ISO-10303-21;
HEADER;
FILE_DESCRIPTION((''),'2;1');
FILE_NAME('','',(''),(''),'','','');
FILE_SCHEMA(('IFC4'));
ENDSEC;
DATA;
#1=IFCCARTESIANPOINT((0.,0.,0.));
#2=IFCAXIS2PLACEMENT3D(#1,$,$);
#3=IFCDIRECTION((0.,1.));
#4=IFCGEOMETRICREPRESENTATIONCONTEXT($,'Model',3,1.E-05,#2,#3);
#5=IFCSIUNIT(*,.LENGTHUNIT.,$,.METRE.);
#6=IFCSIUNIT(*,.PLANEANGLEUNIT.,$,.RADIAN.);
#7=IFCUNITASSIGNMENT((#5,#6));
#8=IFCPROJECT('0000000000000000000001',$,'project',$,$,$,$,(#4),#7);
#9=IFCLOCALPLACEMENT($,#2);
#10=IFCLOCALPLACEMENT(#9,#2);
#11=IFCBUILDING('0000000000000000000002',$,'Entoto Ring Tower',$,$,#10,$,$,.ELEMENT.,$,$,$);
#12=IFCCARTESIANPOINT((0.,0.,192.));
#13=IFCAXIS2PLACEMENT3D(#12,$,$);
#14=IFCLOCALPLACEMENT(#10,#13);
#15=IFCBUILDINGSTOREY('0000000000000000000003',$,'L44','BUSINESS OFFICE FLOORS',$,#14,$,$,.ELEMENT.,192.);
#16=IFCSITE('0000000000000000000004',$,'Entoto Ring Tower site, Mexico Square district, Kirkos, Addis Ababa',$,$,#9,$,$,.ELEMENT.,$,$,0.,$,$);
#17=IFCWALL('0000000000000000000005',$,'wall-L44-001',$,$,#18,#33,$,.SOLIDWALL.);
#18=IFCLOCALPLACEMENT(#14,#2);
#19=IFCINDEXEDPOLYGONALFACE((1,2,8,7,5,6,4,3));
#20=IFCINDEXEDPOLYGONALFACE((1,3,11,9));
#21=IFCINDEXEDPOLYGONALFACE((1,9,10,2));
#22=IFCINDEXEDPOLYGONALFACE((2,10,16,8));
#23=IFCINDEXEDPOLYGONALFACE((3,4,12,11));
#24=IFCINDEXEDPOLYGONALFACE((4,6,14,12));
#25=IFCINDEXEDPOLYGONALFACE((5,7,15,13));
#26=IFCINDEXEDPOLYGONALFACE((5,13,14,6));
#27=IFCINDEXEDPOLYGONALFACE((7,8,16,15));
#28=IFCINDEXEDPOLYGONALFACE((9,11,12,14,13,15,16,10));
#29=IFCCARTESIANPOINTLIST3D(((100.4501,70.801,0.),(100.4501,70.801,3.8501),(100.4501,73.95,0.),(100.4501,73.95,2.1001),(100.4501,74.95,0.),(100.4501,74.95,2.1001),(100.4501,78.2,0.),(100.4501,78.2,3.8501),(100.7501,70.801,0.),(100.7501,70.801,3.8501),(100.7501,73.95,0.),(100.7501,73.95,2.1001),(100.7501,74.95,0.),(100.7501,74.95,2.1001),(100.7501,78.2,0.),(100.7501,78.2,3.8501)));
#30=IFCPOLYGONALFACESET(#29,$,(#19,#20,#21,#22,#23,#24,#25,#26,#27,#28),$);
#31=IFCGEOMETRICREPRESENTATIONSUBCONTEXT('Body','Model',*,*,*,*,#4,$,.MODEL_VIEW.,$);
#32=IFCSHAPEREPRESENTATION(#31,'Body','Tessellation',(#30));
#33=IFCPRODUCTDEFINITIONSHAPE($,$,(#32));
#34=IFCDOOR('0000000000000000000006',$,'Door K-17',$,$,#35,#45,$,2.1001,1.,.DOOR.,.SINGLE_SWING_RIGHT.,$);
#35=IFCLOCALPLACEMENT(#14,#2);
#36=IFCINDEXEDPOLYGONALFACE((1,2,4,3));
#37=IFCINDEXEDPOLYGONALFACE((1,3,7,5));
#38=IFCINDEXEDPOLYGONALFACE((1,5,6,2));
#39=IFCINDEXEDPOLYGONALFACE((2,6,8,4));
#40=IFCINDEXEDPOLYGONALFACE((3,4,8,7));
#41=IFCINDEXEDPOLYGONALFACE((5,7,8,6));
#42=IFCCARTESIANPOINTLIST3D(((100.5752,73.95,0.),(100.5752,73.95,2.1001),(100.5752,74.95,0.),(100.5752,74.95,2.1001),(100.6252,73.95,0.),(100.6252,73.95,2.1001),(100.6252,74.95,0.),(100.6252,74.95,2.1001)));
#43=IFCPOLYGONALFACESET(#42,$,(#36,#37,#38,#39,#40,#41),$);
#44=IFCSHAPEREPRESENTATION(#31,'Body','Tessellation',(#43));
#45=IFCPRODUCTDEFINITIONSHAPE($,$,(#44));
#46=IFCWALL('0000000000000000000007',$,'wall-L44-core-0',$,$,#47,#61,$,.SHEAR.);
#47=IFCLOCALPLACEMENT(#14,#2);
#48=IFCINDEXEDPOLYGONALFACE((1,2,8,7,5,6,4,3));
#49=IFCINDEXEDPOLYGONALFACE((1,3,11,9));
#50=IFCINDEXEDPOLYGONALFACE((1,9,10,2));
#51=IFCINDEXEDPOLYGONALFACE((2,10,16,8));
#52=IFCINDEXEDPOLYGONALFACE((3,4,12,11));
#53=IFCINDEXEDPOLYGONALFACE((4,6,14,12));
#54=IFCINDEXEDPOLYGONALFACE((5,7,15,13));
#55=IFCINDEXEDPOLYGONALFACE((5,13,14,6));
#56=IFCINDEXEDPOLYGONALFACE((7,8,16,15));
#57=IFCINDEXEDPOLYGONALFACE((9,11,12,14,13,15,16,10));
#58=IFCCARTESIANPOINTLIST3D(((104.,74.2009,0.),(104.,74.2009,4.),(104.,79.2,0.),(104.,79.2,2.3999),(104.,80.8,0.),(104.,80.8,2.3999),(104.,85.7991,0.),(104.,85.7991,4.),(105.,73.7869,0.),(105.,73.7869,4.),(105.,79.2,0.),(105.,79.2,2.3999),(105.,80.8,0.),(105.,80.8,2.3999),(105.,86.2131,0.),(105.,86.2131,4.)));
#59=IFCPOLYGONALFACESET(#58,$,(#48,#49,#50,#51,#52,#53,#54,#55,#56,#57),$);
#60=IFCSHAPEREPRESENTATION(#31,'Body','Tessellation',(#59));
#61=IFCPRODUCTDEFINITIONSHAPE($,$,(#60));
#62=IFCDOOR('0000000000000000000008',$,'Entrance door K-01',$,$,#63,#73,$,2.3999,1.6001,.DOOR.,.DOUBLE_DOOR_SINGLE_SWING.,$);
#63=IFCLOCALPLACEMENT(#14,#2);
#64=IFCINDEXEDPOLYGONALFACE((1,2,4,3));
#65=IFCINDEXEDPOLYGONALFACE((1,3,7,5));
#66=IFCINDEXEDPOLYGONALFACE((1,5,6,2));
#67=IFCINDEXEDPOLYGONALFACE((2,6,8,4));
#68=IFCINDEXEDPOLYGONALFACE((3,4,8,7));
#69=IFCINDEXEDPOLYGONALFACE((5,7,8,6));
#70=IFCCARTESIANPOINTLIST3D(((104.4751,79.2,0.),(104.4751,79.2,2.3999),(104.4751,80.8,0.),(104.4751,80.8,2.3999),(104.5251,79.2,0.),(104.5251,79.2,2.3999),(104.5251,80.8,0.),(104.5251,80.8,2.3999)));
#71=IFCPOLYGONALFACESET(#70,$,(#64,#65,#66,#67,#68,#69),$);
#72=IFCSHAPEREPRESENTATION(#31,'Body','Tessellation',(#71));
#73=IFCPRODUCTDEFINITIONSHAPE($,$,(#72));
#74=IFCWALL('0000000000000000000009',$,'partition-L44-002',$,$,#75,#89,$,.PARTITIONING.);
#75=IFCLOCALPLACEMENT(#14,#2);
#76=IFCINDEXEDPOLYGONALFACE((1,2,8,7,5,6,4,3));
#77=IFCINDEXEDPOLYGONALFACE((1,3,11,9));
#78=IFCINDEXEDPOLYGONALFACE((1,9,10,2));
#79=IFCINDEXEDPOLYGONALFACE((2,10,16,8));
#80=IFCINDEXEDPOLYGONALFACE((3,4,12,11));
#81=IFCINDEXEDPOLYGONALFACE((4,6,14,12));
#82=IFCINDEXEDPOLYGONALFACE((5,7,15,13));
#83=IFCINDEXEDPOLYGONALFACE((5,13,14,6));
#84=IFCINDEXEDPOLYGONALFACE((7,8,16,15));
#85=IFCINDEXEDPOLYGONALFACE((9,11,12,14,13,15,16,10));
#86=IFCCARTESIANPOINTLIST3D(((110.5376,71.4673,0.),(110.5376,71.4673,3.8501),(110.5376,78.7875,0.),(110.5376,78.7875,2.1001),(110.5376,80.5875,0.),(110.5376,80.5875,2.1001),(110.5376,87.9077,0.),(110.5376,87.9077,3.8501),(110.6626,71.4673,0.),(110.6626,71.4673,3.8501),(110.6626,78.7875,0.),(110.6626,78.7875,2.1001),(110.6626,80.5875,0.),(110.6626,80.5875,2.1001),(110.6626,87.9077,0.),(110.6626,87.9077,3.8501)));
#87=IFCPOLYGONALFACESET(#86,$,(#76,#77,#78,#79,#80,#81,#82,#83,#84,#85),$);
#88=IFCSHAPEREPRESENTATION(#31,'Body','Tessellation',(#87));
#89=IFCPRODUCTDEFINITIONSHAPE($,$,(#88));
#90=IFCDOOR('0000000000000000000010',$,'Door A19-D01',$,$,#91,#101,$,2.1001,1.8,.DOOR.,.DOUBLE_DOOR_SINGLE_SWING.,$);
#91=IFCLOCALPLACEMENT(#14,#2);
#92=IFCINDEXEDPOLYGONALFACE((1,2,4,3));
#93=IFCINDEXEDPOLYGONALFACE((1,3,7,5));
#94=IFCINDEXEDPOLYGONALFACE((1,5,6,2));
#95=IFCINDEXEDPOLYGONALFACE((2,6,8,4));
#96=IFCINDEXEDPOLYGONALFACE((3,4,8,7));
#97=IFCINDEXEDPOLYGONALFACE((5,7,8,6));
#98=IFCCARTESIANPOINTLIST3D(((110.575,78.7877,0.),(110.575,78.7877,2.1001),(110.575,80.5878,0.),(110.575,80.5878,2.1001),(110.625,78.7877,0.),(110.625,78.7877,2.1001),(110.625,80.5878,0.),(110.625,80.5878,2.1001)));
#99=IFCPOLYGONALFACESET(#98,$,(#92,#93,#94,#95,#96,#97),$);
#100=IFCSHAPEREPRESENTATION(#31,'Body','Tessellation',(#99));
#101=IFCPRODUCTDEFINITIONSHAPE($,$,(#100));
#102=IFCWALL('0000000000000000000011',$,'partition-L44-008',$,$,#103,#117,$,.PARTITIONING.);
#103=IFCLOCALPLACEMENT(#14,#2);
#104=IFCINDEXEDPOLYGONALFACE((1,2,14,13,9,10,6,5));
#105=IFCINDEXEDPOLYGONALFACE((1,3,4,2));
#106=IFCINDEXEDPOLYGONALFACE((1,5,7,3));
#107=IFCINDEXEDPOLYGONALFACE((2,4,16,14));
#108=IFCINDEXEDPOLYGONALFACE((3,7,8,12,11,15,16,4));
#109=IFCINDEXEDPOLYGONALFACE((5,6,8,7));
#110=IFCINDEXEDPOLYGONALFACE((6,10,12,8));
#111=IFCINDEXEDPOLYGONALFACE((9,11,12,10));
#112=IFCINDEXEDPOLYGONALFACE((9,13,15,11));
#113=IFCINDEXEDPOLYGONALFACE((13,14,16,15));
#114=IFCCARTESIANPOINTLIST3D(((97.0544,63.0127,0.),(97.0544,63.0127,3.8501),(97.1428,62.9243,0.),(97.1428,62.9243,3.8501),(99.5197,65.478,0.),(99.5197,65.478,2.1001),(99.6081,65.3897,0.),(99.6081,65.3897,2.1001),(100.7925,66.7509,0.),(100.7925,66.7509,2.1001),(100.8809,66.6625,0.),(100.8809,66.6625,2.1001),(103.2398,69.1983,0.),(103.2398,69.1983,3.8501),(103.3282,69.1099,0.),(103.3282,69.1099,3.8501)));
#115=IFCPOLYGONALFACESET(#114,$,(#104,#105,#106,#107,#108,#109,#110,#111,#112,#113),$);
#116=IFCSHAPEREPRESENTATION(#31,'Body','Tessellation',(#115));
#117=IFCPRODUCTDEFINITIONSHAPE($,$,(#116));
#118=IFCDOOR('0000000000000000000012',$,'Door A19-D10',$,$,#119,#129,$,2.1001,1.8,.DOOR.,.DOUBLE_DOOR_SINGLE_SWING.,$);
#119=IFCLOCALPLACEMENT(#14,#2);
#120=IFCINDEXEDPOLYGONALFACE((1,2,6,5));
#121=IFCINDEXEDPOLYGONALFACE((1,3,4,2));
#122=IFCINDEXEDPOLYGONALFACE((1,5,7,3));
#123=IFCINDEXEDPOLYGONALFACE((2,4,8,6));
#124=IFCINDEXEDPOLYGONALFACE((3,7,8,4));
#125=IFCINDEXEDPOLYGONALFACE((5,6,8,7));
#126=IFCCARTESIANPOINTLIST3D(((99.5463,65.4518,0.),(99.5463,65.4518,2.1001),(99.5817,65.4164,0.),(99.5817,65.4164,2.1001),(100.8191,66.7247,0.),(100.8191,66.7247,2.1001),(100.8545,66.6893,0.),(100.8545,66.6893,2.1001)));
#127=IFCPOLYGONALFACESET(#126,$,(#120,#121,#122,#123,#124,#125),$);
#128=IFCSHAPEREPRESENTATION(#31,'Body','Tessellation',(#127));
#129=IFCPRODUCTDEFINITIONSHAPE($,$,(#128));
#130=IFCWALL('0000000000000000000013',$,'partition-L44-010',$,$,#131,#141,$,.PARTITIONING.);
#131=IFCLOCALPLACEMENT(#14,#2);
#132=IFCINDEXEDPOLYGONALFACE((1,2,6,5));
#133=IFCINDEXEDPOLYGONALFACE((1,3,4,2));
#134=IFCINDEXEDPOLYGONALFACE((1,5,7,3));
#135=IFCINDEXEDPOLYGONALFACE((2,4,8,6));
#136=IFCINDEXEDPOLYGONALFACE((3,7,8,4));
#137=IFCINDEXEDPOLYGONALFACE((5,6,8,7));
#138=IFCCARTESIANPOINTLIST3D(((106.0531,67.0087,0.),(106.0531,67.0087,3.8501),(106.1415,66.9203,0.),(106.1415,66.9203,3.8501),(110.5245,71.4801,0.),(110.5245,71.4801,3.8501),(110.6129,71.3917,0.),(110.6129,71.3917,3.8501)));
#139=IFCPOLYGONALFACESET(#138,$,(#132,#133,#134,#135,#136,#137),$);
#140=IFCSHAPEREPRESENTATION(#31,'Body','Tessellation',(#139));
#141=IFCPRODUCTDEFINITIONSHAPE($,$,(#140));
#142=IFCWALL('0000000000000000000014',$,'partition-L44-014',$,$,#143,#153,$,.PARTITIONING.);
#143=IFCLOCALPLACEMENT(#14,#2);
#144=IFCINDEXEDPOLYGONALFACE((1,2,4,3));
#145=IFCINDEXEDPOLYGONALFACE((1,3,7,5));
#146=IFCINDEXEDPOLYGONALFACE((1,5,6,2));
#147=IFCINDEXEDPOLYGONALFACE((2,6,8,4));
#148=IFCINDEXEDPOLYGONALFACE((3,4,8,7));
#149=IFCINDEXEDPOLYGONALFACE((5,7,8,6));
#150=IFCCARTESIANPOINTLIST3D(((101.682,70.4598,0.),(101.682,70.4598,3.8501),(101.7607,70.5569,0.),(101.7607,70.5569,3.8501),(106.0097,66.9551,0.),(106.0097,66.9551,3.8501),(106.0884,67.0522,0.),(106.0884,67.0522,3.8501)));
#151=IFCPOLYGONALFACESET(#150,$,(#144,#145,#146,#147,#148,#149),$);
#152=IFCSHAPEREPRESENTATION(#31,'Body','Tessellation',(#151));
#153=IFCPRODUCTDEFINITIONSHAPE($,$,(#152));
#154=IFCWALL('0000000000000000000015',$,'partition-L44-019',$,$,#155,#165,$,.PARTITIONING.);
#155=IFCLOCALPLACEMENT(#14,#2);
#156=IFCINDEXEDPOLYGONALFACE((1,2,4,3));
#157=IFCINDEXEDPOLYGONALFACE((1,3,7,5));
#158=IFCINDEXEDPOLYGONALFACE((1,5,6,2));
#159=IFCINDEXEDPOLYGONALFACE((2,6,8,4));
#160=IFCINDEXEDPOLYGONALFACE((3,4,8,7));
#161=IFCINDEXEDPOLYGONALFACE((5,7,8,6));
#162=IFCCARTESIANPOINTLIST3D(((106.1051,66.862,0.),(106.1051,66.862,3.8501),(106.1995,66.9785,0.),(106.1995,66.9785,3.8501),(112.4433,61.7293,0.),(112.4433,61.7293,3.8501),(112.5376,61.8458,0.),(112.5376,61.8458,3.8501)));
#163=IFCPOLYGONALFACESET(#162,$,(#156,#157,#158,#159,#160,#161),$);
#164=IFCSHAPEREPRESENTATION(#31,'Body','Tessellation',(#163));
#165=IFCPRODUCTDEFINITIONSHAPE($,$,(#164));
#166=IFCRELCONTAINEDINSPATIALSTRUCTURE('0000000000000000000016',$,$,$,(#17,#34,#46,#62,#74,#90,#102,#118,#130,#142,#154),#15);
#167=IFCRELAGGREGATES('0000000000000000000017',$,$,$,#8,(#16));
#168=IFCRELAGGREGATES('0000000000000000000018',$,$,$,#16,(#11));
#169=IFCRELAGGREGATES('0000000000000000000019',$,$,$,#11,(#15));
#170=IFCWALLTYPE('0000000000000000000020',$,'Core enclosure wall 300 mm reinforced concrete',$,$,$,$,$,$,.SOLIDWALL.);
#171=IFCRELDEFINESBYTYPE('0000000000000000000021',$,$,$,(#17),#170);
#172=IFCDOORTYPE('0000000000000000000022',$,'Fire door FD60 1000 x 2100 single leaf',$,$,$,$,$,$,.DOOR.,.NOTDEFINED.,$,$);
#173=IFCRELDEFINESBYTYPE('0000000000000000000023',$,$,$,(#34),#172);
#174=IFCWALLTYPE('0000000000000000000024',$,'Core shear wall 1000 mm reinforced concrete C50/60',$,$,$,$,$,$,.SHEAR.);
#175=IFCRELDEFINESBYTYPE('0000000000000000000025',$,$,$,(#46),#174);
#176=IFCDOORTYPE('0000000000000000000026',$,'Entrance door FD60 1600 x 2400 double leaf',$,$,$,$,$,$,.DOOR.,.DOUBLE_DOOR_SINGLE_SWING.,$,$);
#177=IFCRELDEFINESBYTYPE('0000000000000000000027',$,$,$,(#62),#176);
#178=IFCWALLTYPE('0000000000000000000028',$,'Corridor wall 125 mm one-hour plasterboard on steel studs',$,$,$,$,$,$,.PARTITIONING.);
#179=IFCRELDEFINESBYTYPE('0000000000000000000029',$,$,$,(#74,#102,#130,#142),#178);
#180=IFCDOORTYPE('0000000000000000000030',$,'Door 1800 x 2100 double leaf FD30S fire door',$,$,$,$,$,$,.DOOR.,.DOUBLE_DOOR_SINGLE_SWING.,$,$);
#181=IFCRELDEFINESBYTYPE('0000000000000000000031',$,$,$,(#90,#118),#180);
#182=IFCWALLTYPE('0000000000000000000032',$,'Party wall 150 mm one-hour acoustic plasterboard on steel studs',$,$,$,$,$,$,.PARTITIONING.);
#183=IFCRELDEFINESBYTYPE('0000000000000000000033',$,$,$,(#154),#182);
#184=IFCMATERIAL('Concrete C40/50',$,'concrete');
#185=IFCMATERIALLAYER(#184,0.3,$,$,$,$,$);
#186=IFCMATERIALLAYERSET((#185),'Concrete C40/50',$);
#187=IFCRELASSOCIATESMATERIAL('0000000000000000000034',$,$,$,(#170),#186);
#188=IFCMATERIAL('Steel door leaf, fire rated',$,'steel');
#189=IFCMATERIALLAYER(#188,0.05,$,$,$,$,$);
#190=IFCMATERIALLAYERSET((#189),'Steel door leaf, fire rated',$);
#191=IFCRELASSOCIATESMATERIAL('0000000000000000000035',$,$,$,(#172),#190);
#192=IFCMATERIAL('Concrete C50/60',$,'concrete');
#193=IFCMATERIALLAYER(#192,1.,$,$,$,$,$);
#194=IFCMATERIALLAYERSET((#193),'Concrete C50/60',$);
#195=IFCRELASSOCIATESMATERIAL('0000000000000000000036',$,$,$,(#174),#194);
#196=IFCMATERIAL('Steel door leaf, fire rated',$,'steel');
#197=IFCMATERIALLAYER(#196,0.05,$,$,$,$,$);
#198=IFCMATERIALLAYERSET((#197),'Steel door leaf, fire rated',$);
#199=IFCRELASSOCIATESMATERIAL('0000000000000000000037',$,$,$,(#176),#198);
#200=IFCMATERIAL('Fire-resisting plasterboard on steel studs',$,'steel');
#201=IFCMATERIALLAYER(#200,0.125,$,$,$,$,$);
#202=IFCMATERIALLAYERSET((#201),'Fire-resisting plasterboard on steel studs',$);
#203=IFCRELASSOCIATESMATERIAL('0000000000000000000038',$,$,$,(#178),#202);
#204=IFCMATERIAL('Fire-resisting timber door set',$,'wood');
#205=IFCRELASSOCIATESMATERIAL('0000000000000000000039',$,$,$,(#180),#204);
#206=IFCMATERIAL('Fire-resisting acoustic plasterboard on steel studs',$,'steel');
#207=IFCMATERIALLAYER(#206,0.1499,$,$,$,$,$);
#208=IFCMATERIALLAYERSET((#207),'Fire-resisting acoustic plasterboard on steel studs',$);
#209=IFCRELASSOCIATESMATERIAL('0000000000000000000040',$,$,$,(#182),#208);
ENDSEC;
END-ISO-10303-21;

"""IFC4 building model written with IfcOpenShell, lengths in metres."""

from ifc_helpers import new_model, si_unit, direction, frame, frame_2d, origin, place, context, subcontext, project, spatial, polyline, rectangle, outline, extrude, material, layer, layer_set, type_object, element, fill, save


model = new_model("IFC4")

# Units and contexts
model_context = context("Model", 3, precision=1e-05, world=origin(), true_north=direction((0.0, 1.0)))
body_context = subcontext(model_context, "Body", "Model", "MODEL_VIEW")
ifc_project = project(units=[si_unit("LENGTHUNIT", "METRE"), si_unit("PLANEANGLEUNIT", "RADIAN")], contexts=[model_context])

# Site, building, storey
site_placement = place(None, origin())
site = spatial("IfcSite", under=ifc_project, at=site_placement, Name="Entoto Ring Tower site, Mexico Square district, Kirkos, Addis Ababa", CompositionType="ELEMENT", RefElevation=0.0)
building_placement = place(site_placement, origin())
building = spatial("IfcBuilding", under=site, at=building_placement, Name="Entoto Ring Tower", CompositionType="ELEMENT")
storey_placement = place(building_placement, frame((0.0, 0.0, 192.0)))
storey = spatial("IfcBuildingStorey", under=building, at=storey_placement, Name="L44", Description="BUSINESS OFFICE FLOORS", CompositionType="ELEMENT", Elevation=192.0)

# Walls, openings, doors
ifc_material_1 = material(Name="Concrete C40/50", Category="concrete")
ifc_layer_1 = layer(ifc_material_1, 0.3)
ifc_layer_set_1 = layer_set([ifc_layer_1], Name="Concrete C40/50")
wall_type_1 = type_object("IfcWallType", Name="Core enclosure wall 300 mm reinforced concrete", PredefinedType="SOLIDWALL", material=ifc_layer_set_1)
wall_1_placement = place(storey_placement, frame((100.6001, 70.801, 0.0), z_axis=(0.0, 0.0, 1.0), x_axis=(0.0, 1.0, 0.0)))
wall_1 = element("IfcWall", 1, at=wall_1_placement, inside=storey, type_object=wall_type_1, Name="wall-L44-001", PredefinedType="SOLIDWALL", context=body_context, shape_type="SweptSolid", body=[
    extrude(rectangle(XDim=7.3989, YDim=0.3, at=frame_2d((3.6995, 0.0))), origin(), (0.0, 0.0, 1.0), 3.8501),
])
opening_1_placement = place(wall_1_placement, frame((3.1489, 0.0, 0.0)))
opening_1 = element("IfcOpeningElement", 2, at=opening_1_placement, cuts=wall_1, PredefinedType="OPENING", context=body_context, shape_type="SweptSolid", body=[
    extrude(rectangle(XDim=1.0, YDim=2.1001, at=frame_2d((0.5, 1.05))), frame((0.0, 0.1602, 0.0), z_axis=(0.0, -1.0, 0.0), x_axis=(1.0, 0.0, 0.0)), (0.0, 0.0, 1.0), 0.3201),
])
ifc_material_2 = material(Name="Steel door leaf, fire rated", Category="steel")
ifc_layer_2 = layer(ifc_material_2, 0.05)
ifc_layer_set_2 = layer_set([ifc_layer_2], Name="Steel door leaf, fire rated")
door_type_1 = type_object("IfcDoorType", Name="Fire door FD60 1000 x 2100 single leaf", OperationType="NOTDEFINED", PredefinedType="DOOR", material=ifc_layer_set_2)
door_1_placement = place(opening_1_placement, origin())
door_1 = element("IfcDoor", 3, at=door_1_placement, inside=storey, type_object=door_type_1, Name="Door K-17", OperationType="SINGLE_SWING_RIGHT", OverallHeight=2.1001, OverallWidth=1.0, PredefinedType="DOOR", context=body_context, shape_type="SweptSolid", body=[
    extrude(rectangle(XDim=1.0, YDim=2.1001, at=frame_2d((0.5, 1.05))), frame((0.0, 0.0249, 0.0), z_axis=(0.0, -1.0, 0.0), x_axis=(1.0, 0.0, 0.0)), (0.0, 0.0, 1.0), 0.05),
])
fill(opening_1, door_1)
ifc_material_3 = material(Name="Concrete C50/60", Category="concrete")
ifc_layer_3 = layer(ifc_material_3, 1.0)
ifc_layer_set_3 = layer_set([ifc_layer_3], Name="Concrete C50/60")
wall_type_2 = type_object("IfcWallType", Name="Core shear wall 1000 mm reinforced concrete C50/60", PredefinedType="SHEAR", material=ifc_layer_set_3)
wall_2_placement = place(storey_placement, frame((104.5, 73.9939, 0.0), z_axis=(0.0, 0.0, 1.0), x_axis=(0.0, 1.0, 0.0)))
wall_2 = element("IfcWall", 4, at=wall_2_placement, inside=storey, type_object=wall_type_2, Name="wall-L44-core-0", PredefinedType="SHEAR", context=body_context, shape_type="SweptSolid", body=[
    extrude(outline(polyline([(-0.207, -0.5), (12.2192, -0.5), (11.8052, 0.5), (0.207, 0.5), (-0.207, -0.5)])), origin(), (0.0, 0.0, 1.0), 4.0),
])
opening_2_placement = place(wall_2_placement, frame((5.2061, 0.0, 0.0)))
opening_2 = element("IfcOpeningElement", 5, at=opening_2_placement, cuts=wall_2, PredefinedType="OPENING", context=body_context, shape_type="SweptSolid", body=[
    extrude(rectangle(XDim=1.6001, YDim=2.3999, at=frame_2d((0.8, 1.2))), frame((0.0, 0.51, 0.0), z_axis=(0.0, -1.0, 0.0), x_axis=(1.0, 0.0, 0.0)), (0.0, 0.0, 1.0), 1.02),
])
ifc_material_4 = material(Name="Steel door leaf, fire rated", Category="steel")
ifc_layer_4 = layer(ifc_material_4, 0.05)
ifc_layer_set_4 = layer_set([ifc_layer_4], Name="Steel door leaf, fire rated")
door_type_2 = type_object("IfcDoorType", Name="Entrance door FD60 1600 x 2400 double leaf", OperationType="DOUBLE_DOOR_SINGLE_SWING", PredefinedType="DOOR", material=ifc_layer_set_4)
door_2_placement = place(opening_2_placement, origin())
door_2 = element("IfcDoor", 6, at=door_2_placement, inside=storey, type_object=door_type_2, Name="Entrance door K-01", OperationType="DOUBLE_DOOR_SINGLE_SWING", OverallHeight=2.3999, OverallWidth=1.6001, PredefinedType="DOOR", context=body_context, shape_type="SweptSolid", body=[
    extrude(rectangle(XDim=1.6001, YDim=2.3999, at=frame_2d((0.8, 1.2))), frame((0.0, 0.0249, 0.0), z_axis=(0.0, -1.0, 0.0), x_axis=(1.0, 0.0, 0.0)), (0.0, 0.0, 1.0), 0.05),
])
fill(opening_2, door_2)
ifc_material_5 = material(Name="Fire-resisting plasterboard on steel studs", Category="steel")
ifc_layer_5 = layer(ifc_material_5, 0.125)
ifc_layer_set_5 = layer_set([ifc_layer_5], Name="Fire-resisting plasterboard on steel studs")
wall_type_3 = type_object("IfcWallType", Name="Corridor wall 125 mm one-hour plasterboard on steel studs", PredefinedType="PARTITIONING", material=ifc_layer_set_5)
wall_3_placement = place(storey_placement, frame((110.6001, 71.4673, 0.0), z_axis=(0.0, 0.0, 1.0), x_axis=(0.0, 1.0, 0.0)))
wall_3 = element("IfcWall", 7, at=wall_3_placement, inside=storey, type_object=wall_type_3, Name="partition-L44-002", PredefinedType="PARTITIONING", context=body_context, shape_type="SweptSolid", body=[
    extrude(rectangle(XDim=16.4404, YDim=0.125, at=frame_2d((8.2202, 0.0))), origin(), (0.0, 0.0, 1.0), 3.8501),
])
opening_3_placement = place(wall_3_placement, frame((7.3203, 0.0, 0.0)))
opening_3 = element("IfcOpeningElement", 8, at=opening_3_placement, cuts=wall_3, PredefinedType="OPENING", context=body_context, shape_type="SweptSolid", body=[
    extrude(rectangle(XDim=1.8, YDim=2.1001, at=frame_2d((0.8999, 1.05))), frame((0.0, 0.0725, 0.0), z_axis=(0.0, -1.0, 0.0), x_axis=(1.0, 0.0, 0.0)), (0.0, 0.0, 1.0), 0.145),
])
ifc_material_6 = material(Name="Fire-resisting timber door set", Category="wood")
door_type_3 = type_object("IfcDoorType", Name="Door 1800 x 2100 double leaf FD30S fire door", OperationType="DOUBLE_DOOR_SINGLE_SWING", PredefinedType="DOOR", material=ifc_material_6)
door_3_placement = place(opening_3_placement, frame((1.8, 0.0, 0.0), z_axis=(0.0, 0.0, 1.0), x_axis=(-1.0, 0.0, 0.0)))
door_3 = element("IfcDoor", 9, at=door_3_placement, inside=storey, type_object=door_type_3, Name="Door A19-D01", OperationType="DOUBLE_DOOR_SINGLE_SWING", OverallHeight=2.1001, OverallWidth=1.8, PredefinedType="DOOR", context=body_context, shape_type="SweptSolid", body=[
    extrude(rectangle(XDim=1.8, YDim=2.1001, at=frame_2d((0.8999, 1.05))), frame((0.0, 0.0249, 0.0), z_axis=(0.0, -1.0, 0.0), x_axis=(1.0, 0.0, 0.0)), (0.0, 0.0, 1.0), 0.05),
])
fill(opening_3, door_3)
wall_4_placement = place(storey_placement, frame((97.0986, 62.9685, 0.0), z_axis=(0.0, 0.0, 1.0), x_axis=(0.707093, 0.707121, 0.0)))
wall_4 = element("IfcWall", 10, at=wall_4_placement, inside=storey, type_object=wall_type_3, Name="partition-L44-008", PredefinedType="PARTITIONING", context=body_context, shape_type="SweptSolid", body=[
    extrude(rectangle(XDim=8.7476, YDim=0.125, at=frame_2d((4.3738, 0.0))), origin(), (0.0, 0.0, 1.0), 3.8501),
])
opening_4_placement = place(wall_4_placement, frame((3.4866, 0.0, 0.0)))
opening_4 = element("IfcOpeningElement", 11, at=opening_4_placement, cuts=wall_4, PredefinedType="OPENING", context=body_context, shape_type="SweptSolid", body=[
    extrude(rectangle(XDim=1.8, YDim=2.1001, at=frame_2d((0.8999, 1.05))), frame((0.0, 0.0725, 0.0), z_axis=(0.0, -1.0, 0.0), x_axis=(1.0, 0.0, 0.0)), (0.0, 0.0, 1.0), 0.145),
])
door_4_placement = place(opening_4_placement, frame((1.8, 0.0, 0.0), z_axis=(0.0, 0.0, 1.0), x_axis=(-1.0, 0.0, 0.0)))
door_4 = element("IfcDoor", 12, at=door_4_placement, inside=storey, type_object=door_type_3, Name="Door A19-D10", OperationType="DOUBLE_DOOR_SINGLE_SWING", OverallHeight=2.1001, OverallWidth=1.8, PredefinedType="DOOR", context=body_context, shape_type="SweptSolid", body=[
    extrude(rectangle(XDim=1.8, YDim=2.1001, at=frame_2d((0.8999, 1.05))), frame((0.0, 0.0249, 0.0), z_axis=(0.0, -1.0, 0.0), x_axis=(1.0, 0.0, 0.0)), (0.0, 0.0, 1.0), 0.05),
])
fill(opening_4, door_4)

# Walls
wall_5_placement = place(storey_placement, frame((106.0974, 66.9646, 0.0), z_axis=(0.0, 0.0, 1.0), x_axis=(0.707107, 0.707107, 0.0)))
element("IfcWall", 13, at=wall_5_placement, inside=storey, type_object=wall_type_3, Name="partition-L44-010", PredefinedType="PARTITIONING", context=body_context, shape_type="SweptSolid", body=[
    extrude(rectangle(XDim=6.3235, YDim=0.125, at=frame_2d((3.1616, 0.0))), origin(), (0.0, 0.0, 1.0), 3.8501),
])
wall_6_placement = place(storey_placement, frame((106.0491, 67.0037, 0.0), z_axis=(0.0, 0.0, 1.0), x_axis=(-0.777129, 0.629341, 0.0)))
element("IfcWall", 14, at=wall_6_placement, inside=storey, type_object=wall_type_3, Name="partition-L44-014", PredefinedType="PARTITIONING", context=body_context, shape_type="SweptSolid", body=[
    extrude(rectangle(XDim=5.5688, YDim=0.125, at=frame_2d((2.7844, 0.0))), origin(), (0.0, 0.0, 1.0), 3.8501),
])
ifc_material_7 = material(Name="Fire-resisting acoustic plasterboard on steel studs", Category="steel")
ifc_layer_6 = layer(ifc_material_7, 0.1499)
ifc_layer_set_6 = layer_set([ifc_layer_6], Name="Fire-resisting acoustic plasterboard on steel studs")
wall_type_4 = type_object("IfcWallType", Name="Party wall 150 mm one-hour acoustic plasterboard on steel studs", PredefinedType="PARTITIONING", material=ifc_layer_set_6)
wall_7_placement = place(storey_placement, frame((112.4905, 61.7876, 0.0), z_axis=(0.0, 0.0, 1.0), x_axis=(-0.777143, 0.629324, 0.0)))
element("IfcWall", 15, at=wall_7_placement, inside=storey, type_object=wall_type_4, Name="partition-L44-019", PredefinedType="PARTITIONING", context=body_context, shape_type="SweptSolid", body=[
    extrude(rectangle(XDim=8.1558, YDim=0.1499, at=frame_2d((4.0779, 0.0))), origin(), (0.0, 0.0, 1.0), 3.8501),
])

save(model, "model.ifc")
